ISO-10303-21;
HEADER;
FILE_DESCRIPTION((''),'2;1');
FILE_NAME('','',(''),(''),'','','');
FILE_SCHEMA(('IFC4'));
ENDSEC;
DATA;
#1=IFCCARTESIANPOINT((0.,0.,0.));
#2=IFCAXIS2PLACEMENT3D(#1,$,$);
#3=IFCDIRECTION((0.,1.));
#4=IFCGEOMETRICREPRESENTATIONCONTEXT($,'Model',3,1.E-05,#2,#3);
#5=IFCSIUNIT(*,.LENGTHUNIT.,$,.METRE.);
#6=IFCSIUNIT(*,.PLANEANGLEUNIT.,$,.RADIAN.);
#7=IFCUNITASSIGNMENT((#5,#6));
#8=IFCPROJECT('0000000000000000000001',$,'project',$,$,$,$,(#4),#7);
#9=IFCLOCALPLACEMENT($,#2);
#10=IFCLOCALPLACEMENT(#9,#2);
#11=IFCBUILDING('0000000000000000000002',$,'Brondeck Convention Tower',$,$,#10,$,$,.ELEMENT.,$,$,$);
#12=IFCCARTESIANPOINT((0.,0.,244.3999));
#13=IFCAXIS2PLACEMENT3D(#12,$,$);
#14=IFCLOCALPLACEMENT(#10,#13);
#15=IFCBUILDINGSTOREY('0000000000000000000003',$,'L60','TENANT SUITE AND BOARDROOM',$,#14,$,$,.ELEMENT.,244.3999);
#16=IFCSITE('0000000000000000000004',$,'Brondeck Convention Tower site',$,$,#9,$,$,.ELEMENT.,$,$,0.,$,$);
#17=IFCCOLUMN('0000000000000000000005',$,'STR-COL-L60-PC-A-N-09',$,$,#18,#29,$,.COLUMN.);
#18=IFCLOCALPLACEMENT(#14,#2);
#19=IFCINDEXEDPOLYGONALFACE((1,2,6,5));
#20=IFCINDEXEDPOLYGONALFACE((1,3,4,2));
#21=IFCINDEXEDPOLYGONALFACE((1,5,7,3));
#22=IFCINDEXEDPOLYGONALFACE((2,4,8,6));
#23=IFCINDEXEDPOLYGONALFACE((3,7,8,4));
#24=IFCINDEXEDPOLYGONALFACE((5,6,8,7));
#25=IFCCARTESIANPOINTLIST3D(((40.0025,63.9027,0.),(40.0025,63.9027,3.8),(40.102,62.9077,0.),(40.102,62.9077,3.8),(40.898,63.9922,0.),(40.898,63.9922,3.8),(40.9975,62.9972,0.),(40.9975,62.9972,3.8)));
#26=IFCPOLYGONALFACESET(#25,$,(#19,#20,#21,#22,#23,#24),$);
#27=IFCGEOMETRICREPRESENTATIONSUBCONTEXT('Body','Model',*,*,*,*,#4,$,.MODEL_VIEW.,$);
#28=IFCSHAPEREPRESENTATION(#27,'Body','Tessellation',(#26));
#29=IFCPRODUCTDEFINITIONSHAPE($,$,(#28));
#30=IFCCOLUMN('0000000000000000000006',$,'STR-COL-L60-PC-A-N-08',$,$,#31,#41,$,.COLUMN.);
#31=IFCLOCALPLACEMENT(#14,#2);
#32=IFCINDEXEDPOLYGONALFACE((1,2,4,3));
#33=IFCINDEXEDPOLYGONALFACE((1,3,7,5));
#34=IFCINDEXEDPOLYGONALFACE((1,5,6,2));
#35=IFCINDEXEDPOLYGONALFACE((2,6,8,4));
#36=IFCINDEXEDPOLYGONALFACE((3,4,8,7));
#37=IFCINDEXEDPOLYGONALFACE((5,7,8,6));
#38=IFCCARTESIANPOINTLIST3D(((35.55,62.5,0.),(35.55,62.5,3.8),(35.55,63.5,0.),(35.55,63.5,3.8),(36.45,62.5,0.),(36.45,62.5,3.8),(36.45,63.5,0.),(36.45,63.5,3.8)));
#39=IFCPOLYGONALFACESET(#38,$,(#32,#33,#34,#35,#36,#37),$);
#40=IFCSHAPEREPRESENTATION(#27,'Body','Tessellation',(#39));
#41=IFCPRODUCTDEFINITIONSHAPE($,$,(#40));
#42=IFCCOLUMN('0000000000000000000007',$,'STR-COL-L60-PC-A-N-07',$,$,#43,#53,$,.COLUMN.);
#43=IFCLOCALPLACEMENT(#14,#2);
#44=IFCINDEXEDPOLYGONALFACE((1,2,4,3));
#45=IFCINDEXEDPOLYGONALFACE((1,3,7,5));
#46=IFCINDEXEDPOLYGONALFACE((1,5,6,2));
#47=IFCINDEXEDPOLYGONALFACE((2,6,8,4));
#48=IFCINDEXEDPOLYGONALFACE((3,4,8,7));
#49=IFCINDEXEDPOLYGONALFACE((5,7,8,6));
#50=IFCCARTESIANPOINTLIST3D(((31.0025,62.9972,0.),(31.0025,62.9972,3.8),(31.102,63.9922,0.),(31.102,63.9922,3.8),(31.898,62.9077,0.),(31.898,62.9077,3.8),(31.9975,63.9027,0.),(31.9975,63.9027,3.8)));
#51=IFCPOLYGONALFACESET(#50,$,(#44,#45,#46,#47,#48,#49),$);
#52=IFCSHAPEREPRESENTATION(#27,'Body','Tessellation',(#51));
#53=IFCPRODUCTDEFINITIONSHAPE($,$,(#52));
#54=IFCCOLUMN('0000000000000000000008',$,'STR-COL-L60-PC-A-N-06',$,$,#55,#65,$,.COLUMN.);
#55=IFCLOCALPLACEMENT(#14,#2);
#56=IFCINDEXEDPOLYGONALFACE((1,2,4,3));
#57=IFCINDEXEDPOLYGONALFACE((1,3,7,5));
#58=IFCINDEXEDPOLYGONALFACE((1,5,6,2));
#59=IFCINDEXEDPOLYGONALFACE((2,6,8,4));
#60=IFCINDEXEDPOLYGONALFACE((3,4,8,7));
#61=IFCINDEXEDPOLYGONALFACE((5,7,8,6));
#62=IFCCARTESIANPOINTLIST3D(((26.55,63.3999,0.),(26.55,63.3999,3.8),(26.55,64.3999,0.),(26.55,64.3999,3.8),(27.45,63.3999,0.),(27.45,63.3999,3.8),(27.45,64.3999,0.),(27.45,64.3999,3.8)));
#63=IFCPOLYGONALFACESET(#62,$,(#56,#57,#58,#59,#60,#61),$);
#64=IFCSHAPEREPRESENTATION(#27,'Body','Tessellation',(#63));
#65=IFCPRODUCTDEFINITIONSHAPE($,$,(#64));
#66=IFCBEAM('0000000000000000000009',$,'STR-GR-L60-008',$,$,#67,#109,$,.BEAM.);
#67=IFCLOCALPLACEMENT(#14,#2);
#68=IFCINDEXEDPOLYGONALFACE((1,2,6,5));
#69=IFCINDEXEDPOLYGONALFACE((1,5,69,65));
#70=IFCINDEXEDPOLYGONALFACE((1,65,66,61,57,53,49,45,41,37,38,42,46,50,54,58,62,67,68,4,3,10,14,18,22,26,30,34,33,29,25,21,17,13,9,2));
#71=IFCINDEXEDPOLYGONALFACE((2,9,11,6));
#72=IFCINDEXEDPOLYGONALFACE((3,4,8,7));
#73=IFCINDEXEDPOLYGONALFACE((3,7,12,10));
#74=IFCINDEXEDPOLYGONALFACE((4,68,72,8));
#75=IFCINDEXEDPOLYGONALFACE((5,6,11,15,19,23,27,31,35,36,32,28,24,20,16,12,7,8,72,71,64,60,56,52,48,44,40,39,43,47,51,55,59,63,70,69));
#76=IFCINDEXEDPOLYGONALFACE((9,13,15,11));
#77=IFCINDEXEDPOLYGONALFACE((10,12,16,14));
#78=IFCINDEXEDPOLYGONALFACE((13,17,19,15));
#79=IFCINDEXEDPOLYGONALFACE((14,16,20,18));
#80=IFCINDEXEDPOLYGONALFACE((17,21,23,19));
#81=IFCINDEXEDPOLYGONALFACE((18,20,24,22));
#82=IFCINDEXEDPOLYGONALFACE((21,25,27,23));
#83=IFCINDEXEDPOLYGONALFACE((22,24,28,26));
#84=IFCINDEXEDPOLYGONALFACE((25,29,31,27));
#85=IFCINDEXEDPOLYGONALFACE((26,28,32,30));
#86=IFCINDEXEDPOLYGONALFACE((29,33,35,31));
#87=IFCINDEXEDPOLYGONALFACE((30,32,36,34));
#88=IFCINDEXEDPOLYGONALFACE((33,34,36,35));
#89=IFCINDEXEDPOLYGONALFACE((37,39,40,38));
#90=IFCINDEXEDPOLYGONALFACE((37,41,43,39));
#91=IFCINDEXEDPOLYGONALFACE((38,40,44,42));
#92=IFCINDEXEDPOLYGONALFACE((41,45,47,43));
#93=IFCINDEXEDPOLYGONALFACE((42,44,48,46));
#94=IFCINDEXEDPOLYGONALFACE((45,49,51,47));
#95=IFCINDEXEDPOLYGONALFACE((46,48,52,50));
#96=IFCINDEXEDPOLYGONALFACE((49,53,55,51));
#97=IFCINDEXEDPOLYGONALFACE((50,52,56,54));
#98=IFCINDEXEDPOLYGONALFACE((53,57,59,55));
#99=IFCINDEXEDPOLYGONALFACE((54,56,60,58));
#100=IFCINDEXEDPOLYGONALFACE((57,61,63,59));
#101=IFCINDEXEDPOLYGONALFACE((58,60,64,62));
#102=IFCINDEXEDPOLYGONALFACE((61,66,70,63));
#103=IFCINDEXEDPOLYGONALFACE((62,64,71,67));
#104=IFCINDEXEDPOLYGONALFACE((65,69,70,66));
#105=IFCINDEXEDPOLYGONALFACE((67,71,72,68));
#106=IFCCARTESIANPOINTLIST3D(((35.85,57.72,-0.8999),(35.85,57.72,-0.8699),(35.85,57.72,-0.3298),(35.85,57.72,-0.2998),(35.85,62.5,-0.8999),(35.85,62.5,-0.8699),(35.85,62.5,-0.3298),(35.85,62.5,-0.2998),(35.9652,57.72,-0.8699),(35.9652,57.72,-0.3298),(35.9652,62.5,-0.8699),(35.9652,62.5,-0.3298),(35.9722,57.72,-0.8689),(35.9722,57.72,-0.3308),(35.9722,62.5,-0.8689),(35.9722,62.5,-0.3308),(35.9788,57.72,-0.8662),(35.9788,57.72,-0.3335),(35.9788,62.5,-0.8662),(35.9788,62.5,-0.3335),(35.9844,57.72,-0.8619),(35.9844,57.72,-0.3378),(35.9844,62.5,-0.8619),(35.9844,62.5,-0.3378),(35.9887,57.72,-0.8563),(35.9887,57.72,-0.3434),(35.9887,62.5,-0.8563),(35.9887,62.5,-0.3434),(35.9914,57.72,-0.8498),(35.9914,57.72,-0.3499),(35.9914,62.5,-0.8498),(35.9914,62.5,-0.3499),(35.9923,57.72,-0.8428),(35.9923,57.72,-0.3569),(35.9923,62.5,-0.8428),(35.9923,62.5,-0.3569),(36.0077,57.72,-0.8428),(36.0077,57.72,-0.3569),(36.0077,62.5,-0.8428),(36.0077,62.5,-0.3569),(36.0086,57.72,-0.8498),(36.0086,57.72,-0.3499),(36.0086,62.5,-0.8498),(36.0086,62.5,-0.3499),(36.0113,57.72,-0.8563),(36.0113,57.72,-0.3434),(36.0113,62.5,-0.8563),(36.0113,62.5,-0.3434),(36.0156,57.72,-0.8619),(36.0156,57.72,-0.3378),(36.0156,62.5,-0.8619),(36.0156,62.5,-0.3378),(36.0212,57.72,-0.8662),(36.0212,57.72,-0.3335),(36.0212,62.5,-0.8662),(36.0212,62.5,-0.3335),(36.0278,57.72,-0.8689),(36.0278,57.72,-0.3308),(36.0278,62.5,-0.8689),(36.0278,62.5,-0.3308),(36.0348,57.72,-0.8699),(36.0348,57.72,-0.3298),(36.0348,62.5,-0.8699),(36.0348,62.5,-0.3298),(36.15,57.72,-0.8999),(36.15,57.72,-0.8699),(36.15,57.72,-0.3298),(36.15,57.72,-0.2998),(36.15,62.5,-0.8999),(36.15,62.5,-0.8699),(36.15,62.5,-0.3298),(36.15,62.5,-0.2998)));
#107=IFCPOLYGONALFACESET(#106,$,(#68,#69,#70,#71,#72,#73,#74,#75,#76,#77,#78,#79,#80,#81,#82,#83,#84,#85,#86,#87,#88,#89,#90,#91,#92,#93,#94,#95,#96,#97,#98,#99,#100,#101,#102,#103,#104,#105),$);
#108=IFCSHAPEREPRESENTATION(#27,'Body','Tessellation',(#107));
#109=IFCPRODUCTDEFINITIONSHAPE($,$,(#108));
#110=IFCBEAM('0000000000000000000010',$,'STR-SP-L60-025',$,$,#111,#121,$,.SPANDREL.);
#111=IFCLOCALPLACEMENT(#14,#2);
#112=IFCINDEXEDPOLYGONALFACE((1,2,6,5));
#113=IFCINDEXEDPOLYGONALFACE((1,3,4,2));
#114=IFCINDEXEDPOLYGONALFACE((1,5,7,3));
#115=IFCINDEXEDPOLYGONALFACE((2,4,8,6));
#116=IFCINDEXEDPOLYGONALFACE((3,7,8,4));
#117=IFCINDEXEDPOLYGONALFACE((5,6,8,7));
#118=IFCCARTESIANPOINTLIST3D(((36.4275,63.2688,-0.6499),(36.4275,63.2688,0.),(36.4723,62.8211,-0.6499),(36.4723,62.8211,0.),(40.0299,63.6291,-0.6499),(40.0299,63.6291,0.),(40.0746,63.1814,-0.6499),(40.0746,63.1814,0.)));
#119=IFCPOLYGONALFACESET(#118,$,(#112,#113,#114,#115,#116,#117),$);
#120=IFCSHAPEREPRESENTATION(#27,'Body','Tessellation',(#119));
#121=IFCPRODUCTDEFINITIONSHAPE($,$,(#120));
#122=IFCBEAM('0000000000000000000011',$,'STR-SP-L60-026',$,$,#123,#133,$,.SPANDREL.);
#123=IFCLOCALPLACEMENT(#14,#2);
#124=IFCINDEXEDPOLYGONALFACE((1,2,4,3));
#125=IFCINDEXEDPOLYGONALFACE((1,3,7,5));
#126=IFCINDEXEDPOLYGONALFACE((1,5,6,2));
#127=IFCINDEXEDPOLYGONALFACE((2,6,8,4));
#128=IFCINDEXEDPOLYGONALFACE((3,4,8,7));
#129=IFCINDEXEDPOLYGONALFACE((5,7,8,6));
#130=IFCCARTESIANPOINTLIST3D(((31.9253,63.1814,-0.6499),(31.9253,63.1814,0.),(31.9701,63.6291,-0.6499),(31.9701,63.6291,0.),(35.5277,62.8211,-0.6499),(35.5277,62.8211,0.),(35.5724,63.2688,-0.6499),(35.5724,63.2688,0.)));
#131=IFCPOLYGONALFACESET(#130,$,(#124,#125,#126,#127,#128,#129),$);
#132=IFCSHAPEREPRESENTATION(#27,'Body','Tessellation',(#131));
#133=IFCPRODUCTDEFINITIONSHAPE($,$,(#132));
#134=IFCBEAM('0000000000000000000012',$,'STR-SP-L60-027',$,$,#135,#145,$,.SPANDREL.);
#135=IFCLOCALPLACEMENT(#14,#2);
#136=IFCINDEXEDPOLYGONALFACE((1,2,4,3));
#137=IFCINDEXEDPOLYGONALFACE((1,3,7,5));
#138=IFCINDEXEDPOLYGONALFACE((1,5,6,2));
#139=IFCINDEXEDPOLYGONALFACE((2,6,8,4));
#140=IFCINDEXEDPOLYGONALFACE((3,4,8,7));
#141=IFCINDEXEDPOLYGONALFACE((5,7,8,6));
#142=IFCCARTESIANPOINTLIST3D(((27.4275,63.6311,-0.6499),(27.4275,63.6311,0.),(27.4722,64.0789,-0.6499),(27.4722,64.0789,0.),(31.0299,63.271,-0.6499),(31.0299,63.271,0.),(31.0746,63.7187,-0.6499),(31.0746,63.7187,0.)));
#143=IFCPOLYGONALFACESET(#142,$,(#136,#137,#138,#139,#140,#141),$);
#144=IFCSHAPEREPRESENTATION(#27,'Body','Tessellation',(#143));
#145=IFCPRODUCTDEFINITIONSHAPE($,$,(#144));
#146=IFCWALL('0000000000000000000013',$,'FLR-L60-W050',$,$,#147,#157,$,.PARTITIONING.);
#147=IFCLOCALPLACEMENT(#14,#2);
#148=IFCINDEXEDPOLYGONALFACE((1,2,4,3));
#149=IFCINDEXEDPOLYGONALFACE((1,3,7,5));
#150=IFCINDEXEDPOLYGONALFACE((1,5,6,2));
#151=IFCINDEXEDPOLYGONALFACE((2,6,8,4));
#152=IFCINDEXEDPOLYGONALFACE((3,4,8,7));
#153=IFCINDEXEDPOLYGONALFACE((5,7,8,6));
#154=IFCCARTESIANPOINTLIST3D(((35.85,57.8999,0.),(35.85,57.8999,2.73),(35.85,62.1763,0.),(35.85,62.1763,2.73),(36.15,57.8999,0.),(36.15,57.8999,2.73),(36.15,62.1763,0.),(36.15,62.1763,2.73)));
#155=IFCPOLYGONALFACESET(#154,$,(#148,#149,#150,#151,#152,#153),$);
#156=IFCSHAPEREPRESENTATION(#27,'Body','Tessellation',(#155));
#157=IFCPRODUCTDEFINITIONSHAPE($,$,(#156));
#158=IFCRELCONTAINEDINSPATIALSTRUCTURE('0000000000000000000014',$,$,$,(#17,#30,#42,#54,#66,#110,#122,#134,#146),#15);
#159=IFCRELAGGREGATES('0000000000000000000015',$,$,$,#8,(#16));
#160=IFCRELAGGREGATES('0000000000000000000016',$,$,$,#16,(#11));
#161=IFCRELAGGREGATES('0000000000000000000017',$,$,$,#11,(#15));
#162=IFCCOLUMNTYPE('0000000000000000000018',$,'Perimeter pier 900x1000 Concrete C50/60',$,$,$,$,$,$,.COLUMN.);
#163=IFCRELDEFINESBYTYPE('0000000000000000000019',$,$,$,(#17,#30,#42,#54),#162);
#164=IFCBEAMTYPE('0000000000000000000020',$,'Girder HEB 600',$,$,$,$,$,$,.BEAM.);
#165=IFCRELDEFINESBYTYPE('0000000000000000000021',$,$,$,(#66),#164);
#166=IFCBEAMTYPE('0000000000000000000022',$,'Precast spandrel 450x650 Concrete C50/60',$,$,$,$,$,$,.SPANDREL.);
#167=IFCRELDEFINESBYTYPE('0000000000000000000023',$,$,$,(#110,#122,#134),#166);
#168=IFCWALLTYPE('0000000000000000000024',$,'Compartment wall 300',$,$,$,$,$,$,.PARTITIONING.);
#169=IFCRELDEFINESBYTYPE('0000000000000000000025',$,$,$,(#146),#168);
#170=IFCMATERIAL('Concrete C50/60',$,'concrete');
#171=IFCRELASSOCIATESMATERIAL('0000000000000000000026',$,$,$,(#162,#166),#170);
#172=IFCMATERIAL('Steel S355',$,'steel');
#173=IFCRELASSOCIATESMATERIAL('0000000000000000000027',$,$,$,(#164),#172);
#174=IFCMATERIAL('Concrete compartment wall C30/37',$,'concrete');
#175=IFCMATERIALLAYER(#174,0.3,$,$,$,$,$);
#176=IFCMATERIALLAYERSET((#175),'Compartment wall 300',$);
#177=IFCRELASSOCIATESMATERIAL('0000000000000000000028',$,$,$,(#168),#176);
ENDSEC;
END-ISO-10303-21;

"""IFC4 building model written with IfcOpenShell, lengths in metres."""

from ifc_helpers import new_model, si_unit, direction, frame, frame_2d, origin, origin_2d, place, context, subcontext, project, spatial, rectangle, i_section, extrude, material, layer, layer_set, material_profile, profile_set, type_object, element, save


model = new_model("IFC4")

# Units and contexts
model_context = context("Model", 3, precision=1e-05, world=origin(), true_north=direction((0.0, 1.0)))
body_context = subcontext(model_context, "Body", "Model", "MODEL_VIEW")
ifc_project = project(units=[si_unit("LENGTHUNIT", "METRE"), si_unit("PLANEANGLEUNIT", "RADIAN")], contexts=[model_context])

# Site, building, storey
site_placement = place(None, origin())
site = spatial("IfcSite", under=ifc_project, at=site_placement, Name="Brondeck Convention Tower site", CompositionType="ELEMENT", RefElevation=0.0)
building_placement = place(site_placement, origin())
building = spatial("IfcBuilding", under=site, at=building_placement, Name="Brondeck Convention Tower", CompositionType="ELEMENT")
storey_placement = place(building_placement, frame((0.0, 0.0, 244.3999)))
storey = spatial("IfcBuildingStorey", under=building, at=storey_placement, Name="L60", Description="TENANT SUITE AND BOARDROOM", CompositionType="ELEMENT", Elevation=244.3999)

# Columns
ifc_material_1 = material(Name="Concrete C50/60", Category="concrete")
ifc_material_profile_1 = material_profile(ifc_material_1, rectangle(XDim=0.8999, YDim=1.0, at=origin_2d()), Name="Perimeter pier 900x1000 Concrete C50/60")
ifc_profile_set_1 = profile_set([ifc_material_profile_1], Name="Concrete C50/60")
column_type = type_object("IfcColumnType", Name="Perimeter pier 900x1000 Concrete C50/60", PredefinedType="COLUMN", material=ifc_profile_set_1)
for number, where, z_axis, x_axis, name in (
    (1, (40.5, 63.45, 0.0), (0.0, 0.0, 1.0), (-0.995037, -0.099504, 0.0), "STR-COL-L60-PC-A-N-09"),
    (2, (36.0, 63.0, 0.0), (0.0, 0.0, 1.0), (-1.0, 0.0, 0.0), "STR-COL-L60-PC-A-N-08"),
    (3, (31.5, 63.45, 0.0), (0.0, 0.0, 1.0), (-0.995037, 0.099504, 0.0), "STR-COL-L60-PC-A-N-07"),
    (4, (27.0, 63.8999, 0.0), (0.0, 0.0, 1.0), (-1.0, 0.0, 0.0), "STR-COL-L60-PC-A-N-06"),
):
    element("IfcColumn", number, at=place(storey_placement, frame(where, z_axis=z_axis, x_axis=x_axis)), inside=storey, type_object=column_type, Name=name, PredefinedType="COLUMN", context=body_context, shape_type="SweptSolid", body=[
        extrude(rectangle(XDim=0.8999, YDim=1.0, at=origin_2d()), origin(), (0.0, 0.0, 1.0), 3.8),
    ])

# Beams
ifc_material_2 = material(Name="Steel S355", Category="steel")
ifc_material_profile_2 = material_profile(ifc_material_2, i_section(OverallWidth=0.3, OverallDepth=0.6001, WebThickness=0.0154, FlangeThickness=0.03, FilletRadius=0.0271, at=origin_2d()), Name="HEB 600")
ifc_profile_set_2 = profile_set([ifc_material_profile_2], Name="Steel S355")
beam_type_1 = type_object("IfcBeamType", Name="Girder HEB 600", PredefinedType="BEAM", material=ifc_profile_set_2)
beam_placement = place(storey_placement, frame((36.0, 57.72, -0.5999), z_axis=(0.0, 1.0, 0.0), x_axis=(-1.0, 0.0, 0.0)))
element("IfcBeam", 5, at=beam_placement, inside=storey, type_object=beam_type_1, Name="STR-GR-L60-008", PredefinedType="BEAM", context=body_context, shape_type="SweptSolid", body=[
    extrude(i_section(OverallWidth=0.3, OverallDepth=0.6001, WebThickness=0.0154, FlangeThickness=0.03, FilletRadius=0.0271, at=origin_2d()), origin(), (0.0, 0.0, 1.0), 4.78),
])
ifc_material_profile_3 = material_profile(ifc_material_1, rectangle(XDim=0.45, YDim=0.6499, at=origin_2d()), Name="Precast spandrel 450x650 Concrete C50/60")
ifc_profile_set_3 = profile_set([ifc_material_profile_3], Name="Concrete C50/60")
beam_type_2 = type_object("IfcBeamType", Name="Precast spandrel 450x650 Concrete C50/60", PredefinedType="SPANDREL", material=ifc_profile_set_3)
for number, where, z_axis, x_axis, name in (
    (6, (40.0522, 63.4053, -0.325), (-0.995034, -0.099537, 0.0), (0.099537, -0.995034, 0.0), "STR-SP-L60-025"),
    (7, (35.55, 63.0449, -0.325), (-0.995034, 0.099537, 0.0), (-0.099537, -0.995034, 0.0), "STR-SP-L60-026"),
    (8, (31.0522, 63.4949, -0.325), (-0.995041, 0.09947, 0.0), (-0.09947, -0.995041, 0.0), "STR-SP-L60-027"),
):
    element("IfcBeam", number, at=place(storey_placement, frame(where, z_axis=z_axis, x_axis=x_axis)), inside=storey, type_object=beam_type_2, Name=name, PredefinedType="SPANDREL", context=body_context, shape_type="SweptSolid", body=[
        extrude(rectangle(XDim=0.45, YDim=0.6499, at=origin_2d()), origin(), (0.0, 0.0, 1.0), 3.6204),
    ])

# Wall
ifc_material_3 = material(Name="Concrete compartment wall C30/37", Category="concrete")
ifc_layer_1 = layer(ifc_material_3, 0.3)
ifc_layer_set_1 = layer_set([ifc_layer_1], Name="Compartment wall 300")
wall_type_1 = type_object("IfcWallType", Name="Compartment wall 300", PredefinedType="PARTITIONING", material=ifc_layer_set_1)
wall_1_placement = place(storey_placement, frame((36.0, 57.8999, 0.0), z_axis=(0.0, 0.0, 1.0), x_axis=(0.0, 1.0, 0.0)))
element("IfcWall", 9, at=wall_1_placement, inside=storey, type_object=wall_type_1, Name="FLR-L60-W050", PredefinedType="PARTITIONING", context=body_context, shape_type="SweptSolid", body=[
    extrude(rectangle(XDim=4.2764, YDim=0.3, at=frame_2d((2.1382, 0.0))), origin(), (0.0, 0.0, 1.0), 2.73),
])

save(model, "model.ifc")
